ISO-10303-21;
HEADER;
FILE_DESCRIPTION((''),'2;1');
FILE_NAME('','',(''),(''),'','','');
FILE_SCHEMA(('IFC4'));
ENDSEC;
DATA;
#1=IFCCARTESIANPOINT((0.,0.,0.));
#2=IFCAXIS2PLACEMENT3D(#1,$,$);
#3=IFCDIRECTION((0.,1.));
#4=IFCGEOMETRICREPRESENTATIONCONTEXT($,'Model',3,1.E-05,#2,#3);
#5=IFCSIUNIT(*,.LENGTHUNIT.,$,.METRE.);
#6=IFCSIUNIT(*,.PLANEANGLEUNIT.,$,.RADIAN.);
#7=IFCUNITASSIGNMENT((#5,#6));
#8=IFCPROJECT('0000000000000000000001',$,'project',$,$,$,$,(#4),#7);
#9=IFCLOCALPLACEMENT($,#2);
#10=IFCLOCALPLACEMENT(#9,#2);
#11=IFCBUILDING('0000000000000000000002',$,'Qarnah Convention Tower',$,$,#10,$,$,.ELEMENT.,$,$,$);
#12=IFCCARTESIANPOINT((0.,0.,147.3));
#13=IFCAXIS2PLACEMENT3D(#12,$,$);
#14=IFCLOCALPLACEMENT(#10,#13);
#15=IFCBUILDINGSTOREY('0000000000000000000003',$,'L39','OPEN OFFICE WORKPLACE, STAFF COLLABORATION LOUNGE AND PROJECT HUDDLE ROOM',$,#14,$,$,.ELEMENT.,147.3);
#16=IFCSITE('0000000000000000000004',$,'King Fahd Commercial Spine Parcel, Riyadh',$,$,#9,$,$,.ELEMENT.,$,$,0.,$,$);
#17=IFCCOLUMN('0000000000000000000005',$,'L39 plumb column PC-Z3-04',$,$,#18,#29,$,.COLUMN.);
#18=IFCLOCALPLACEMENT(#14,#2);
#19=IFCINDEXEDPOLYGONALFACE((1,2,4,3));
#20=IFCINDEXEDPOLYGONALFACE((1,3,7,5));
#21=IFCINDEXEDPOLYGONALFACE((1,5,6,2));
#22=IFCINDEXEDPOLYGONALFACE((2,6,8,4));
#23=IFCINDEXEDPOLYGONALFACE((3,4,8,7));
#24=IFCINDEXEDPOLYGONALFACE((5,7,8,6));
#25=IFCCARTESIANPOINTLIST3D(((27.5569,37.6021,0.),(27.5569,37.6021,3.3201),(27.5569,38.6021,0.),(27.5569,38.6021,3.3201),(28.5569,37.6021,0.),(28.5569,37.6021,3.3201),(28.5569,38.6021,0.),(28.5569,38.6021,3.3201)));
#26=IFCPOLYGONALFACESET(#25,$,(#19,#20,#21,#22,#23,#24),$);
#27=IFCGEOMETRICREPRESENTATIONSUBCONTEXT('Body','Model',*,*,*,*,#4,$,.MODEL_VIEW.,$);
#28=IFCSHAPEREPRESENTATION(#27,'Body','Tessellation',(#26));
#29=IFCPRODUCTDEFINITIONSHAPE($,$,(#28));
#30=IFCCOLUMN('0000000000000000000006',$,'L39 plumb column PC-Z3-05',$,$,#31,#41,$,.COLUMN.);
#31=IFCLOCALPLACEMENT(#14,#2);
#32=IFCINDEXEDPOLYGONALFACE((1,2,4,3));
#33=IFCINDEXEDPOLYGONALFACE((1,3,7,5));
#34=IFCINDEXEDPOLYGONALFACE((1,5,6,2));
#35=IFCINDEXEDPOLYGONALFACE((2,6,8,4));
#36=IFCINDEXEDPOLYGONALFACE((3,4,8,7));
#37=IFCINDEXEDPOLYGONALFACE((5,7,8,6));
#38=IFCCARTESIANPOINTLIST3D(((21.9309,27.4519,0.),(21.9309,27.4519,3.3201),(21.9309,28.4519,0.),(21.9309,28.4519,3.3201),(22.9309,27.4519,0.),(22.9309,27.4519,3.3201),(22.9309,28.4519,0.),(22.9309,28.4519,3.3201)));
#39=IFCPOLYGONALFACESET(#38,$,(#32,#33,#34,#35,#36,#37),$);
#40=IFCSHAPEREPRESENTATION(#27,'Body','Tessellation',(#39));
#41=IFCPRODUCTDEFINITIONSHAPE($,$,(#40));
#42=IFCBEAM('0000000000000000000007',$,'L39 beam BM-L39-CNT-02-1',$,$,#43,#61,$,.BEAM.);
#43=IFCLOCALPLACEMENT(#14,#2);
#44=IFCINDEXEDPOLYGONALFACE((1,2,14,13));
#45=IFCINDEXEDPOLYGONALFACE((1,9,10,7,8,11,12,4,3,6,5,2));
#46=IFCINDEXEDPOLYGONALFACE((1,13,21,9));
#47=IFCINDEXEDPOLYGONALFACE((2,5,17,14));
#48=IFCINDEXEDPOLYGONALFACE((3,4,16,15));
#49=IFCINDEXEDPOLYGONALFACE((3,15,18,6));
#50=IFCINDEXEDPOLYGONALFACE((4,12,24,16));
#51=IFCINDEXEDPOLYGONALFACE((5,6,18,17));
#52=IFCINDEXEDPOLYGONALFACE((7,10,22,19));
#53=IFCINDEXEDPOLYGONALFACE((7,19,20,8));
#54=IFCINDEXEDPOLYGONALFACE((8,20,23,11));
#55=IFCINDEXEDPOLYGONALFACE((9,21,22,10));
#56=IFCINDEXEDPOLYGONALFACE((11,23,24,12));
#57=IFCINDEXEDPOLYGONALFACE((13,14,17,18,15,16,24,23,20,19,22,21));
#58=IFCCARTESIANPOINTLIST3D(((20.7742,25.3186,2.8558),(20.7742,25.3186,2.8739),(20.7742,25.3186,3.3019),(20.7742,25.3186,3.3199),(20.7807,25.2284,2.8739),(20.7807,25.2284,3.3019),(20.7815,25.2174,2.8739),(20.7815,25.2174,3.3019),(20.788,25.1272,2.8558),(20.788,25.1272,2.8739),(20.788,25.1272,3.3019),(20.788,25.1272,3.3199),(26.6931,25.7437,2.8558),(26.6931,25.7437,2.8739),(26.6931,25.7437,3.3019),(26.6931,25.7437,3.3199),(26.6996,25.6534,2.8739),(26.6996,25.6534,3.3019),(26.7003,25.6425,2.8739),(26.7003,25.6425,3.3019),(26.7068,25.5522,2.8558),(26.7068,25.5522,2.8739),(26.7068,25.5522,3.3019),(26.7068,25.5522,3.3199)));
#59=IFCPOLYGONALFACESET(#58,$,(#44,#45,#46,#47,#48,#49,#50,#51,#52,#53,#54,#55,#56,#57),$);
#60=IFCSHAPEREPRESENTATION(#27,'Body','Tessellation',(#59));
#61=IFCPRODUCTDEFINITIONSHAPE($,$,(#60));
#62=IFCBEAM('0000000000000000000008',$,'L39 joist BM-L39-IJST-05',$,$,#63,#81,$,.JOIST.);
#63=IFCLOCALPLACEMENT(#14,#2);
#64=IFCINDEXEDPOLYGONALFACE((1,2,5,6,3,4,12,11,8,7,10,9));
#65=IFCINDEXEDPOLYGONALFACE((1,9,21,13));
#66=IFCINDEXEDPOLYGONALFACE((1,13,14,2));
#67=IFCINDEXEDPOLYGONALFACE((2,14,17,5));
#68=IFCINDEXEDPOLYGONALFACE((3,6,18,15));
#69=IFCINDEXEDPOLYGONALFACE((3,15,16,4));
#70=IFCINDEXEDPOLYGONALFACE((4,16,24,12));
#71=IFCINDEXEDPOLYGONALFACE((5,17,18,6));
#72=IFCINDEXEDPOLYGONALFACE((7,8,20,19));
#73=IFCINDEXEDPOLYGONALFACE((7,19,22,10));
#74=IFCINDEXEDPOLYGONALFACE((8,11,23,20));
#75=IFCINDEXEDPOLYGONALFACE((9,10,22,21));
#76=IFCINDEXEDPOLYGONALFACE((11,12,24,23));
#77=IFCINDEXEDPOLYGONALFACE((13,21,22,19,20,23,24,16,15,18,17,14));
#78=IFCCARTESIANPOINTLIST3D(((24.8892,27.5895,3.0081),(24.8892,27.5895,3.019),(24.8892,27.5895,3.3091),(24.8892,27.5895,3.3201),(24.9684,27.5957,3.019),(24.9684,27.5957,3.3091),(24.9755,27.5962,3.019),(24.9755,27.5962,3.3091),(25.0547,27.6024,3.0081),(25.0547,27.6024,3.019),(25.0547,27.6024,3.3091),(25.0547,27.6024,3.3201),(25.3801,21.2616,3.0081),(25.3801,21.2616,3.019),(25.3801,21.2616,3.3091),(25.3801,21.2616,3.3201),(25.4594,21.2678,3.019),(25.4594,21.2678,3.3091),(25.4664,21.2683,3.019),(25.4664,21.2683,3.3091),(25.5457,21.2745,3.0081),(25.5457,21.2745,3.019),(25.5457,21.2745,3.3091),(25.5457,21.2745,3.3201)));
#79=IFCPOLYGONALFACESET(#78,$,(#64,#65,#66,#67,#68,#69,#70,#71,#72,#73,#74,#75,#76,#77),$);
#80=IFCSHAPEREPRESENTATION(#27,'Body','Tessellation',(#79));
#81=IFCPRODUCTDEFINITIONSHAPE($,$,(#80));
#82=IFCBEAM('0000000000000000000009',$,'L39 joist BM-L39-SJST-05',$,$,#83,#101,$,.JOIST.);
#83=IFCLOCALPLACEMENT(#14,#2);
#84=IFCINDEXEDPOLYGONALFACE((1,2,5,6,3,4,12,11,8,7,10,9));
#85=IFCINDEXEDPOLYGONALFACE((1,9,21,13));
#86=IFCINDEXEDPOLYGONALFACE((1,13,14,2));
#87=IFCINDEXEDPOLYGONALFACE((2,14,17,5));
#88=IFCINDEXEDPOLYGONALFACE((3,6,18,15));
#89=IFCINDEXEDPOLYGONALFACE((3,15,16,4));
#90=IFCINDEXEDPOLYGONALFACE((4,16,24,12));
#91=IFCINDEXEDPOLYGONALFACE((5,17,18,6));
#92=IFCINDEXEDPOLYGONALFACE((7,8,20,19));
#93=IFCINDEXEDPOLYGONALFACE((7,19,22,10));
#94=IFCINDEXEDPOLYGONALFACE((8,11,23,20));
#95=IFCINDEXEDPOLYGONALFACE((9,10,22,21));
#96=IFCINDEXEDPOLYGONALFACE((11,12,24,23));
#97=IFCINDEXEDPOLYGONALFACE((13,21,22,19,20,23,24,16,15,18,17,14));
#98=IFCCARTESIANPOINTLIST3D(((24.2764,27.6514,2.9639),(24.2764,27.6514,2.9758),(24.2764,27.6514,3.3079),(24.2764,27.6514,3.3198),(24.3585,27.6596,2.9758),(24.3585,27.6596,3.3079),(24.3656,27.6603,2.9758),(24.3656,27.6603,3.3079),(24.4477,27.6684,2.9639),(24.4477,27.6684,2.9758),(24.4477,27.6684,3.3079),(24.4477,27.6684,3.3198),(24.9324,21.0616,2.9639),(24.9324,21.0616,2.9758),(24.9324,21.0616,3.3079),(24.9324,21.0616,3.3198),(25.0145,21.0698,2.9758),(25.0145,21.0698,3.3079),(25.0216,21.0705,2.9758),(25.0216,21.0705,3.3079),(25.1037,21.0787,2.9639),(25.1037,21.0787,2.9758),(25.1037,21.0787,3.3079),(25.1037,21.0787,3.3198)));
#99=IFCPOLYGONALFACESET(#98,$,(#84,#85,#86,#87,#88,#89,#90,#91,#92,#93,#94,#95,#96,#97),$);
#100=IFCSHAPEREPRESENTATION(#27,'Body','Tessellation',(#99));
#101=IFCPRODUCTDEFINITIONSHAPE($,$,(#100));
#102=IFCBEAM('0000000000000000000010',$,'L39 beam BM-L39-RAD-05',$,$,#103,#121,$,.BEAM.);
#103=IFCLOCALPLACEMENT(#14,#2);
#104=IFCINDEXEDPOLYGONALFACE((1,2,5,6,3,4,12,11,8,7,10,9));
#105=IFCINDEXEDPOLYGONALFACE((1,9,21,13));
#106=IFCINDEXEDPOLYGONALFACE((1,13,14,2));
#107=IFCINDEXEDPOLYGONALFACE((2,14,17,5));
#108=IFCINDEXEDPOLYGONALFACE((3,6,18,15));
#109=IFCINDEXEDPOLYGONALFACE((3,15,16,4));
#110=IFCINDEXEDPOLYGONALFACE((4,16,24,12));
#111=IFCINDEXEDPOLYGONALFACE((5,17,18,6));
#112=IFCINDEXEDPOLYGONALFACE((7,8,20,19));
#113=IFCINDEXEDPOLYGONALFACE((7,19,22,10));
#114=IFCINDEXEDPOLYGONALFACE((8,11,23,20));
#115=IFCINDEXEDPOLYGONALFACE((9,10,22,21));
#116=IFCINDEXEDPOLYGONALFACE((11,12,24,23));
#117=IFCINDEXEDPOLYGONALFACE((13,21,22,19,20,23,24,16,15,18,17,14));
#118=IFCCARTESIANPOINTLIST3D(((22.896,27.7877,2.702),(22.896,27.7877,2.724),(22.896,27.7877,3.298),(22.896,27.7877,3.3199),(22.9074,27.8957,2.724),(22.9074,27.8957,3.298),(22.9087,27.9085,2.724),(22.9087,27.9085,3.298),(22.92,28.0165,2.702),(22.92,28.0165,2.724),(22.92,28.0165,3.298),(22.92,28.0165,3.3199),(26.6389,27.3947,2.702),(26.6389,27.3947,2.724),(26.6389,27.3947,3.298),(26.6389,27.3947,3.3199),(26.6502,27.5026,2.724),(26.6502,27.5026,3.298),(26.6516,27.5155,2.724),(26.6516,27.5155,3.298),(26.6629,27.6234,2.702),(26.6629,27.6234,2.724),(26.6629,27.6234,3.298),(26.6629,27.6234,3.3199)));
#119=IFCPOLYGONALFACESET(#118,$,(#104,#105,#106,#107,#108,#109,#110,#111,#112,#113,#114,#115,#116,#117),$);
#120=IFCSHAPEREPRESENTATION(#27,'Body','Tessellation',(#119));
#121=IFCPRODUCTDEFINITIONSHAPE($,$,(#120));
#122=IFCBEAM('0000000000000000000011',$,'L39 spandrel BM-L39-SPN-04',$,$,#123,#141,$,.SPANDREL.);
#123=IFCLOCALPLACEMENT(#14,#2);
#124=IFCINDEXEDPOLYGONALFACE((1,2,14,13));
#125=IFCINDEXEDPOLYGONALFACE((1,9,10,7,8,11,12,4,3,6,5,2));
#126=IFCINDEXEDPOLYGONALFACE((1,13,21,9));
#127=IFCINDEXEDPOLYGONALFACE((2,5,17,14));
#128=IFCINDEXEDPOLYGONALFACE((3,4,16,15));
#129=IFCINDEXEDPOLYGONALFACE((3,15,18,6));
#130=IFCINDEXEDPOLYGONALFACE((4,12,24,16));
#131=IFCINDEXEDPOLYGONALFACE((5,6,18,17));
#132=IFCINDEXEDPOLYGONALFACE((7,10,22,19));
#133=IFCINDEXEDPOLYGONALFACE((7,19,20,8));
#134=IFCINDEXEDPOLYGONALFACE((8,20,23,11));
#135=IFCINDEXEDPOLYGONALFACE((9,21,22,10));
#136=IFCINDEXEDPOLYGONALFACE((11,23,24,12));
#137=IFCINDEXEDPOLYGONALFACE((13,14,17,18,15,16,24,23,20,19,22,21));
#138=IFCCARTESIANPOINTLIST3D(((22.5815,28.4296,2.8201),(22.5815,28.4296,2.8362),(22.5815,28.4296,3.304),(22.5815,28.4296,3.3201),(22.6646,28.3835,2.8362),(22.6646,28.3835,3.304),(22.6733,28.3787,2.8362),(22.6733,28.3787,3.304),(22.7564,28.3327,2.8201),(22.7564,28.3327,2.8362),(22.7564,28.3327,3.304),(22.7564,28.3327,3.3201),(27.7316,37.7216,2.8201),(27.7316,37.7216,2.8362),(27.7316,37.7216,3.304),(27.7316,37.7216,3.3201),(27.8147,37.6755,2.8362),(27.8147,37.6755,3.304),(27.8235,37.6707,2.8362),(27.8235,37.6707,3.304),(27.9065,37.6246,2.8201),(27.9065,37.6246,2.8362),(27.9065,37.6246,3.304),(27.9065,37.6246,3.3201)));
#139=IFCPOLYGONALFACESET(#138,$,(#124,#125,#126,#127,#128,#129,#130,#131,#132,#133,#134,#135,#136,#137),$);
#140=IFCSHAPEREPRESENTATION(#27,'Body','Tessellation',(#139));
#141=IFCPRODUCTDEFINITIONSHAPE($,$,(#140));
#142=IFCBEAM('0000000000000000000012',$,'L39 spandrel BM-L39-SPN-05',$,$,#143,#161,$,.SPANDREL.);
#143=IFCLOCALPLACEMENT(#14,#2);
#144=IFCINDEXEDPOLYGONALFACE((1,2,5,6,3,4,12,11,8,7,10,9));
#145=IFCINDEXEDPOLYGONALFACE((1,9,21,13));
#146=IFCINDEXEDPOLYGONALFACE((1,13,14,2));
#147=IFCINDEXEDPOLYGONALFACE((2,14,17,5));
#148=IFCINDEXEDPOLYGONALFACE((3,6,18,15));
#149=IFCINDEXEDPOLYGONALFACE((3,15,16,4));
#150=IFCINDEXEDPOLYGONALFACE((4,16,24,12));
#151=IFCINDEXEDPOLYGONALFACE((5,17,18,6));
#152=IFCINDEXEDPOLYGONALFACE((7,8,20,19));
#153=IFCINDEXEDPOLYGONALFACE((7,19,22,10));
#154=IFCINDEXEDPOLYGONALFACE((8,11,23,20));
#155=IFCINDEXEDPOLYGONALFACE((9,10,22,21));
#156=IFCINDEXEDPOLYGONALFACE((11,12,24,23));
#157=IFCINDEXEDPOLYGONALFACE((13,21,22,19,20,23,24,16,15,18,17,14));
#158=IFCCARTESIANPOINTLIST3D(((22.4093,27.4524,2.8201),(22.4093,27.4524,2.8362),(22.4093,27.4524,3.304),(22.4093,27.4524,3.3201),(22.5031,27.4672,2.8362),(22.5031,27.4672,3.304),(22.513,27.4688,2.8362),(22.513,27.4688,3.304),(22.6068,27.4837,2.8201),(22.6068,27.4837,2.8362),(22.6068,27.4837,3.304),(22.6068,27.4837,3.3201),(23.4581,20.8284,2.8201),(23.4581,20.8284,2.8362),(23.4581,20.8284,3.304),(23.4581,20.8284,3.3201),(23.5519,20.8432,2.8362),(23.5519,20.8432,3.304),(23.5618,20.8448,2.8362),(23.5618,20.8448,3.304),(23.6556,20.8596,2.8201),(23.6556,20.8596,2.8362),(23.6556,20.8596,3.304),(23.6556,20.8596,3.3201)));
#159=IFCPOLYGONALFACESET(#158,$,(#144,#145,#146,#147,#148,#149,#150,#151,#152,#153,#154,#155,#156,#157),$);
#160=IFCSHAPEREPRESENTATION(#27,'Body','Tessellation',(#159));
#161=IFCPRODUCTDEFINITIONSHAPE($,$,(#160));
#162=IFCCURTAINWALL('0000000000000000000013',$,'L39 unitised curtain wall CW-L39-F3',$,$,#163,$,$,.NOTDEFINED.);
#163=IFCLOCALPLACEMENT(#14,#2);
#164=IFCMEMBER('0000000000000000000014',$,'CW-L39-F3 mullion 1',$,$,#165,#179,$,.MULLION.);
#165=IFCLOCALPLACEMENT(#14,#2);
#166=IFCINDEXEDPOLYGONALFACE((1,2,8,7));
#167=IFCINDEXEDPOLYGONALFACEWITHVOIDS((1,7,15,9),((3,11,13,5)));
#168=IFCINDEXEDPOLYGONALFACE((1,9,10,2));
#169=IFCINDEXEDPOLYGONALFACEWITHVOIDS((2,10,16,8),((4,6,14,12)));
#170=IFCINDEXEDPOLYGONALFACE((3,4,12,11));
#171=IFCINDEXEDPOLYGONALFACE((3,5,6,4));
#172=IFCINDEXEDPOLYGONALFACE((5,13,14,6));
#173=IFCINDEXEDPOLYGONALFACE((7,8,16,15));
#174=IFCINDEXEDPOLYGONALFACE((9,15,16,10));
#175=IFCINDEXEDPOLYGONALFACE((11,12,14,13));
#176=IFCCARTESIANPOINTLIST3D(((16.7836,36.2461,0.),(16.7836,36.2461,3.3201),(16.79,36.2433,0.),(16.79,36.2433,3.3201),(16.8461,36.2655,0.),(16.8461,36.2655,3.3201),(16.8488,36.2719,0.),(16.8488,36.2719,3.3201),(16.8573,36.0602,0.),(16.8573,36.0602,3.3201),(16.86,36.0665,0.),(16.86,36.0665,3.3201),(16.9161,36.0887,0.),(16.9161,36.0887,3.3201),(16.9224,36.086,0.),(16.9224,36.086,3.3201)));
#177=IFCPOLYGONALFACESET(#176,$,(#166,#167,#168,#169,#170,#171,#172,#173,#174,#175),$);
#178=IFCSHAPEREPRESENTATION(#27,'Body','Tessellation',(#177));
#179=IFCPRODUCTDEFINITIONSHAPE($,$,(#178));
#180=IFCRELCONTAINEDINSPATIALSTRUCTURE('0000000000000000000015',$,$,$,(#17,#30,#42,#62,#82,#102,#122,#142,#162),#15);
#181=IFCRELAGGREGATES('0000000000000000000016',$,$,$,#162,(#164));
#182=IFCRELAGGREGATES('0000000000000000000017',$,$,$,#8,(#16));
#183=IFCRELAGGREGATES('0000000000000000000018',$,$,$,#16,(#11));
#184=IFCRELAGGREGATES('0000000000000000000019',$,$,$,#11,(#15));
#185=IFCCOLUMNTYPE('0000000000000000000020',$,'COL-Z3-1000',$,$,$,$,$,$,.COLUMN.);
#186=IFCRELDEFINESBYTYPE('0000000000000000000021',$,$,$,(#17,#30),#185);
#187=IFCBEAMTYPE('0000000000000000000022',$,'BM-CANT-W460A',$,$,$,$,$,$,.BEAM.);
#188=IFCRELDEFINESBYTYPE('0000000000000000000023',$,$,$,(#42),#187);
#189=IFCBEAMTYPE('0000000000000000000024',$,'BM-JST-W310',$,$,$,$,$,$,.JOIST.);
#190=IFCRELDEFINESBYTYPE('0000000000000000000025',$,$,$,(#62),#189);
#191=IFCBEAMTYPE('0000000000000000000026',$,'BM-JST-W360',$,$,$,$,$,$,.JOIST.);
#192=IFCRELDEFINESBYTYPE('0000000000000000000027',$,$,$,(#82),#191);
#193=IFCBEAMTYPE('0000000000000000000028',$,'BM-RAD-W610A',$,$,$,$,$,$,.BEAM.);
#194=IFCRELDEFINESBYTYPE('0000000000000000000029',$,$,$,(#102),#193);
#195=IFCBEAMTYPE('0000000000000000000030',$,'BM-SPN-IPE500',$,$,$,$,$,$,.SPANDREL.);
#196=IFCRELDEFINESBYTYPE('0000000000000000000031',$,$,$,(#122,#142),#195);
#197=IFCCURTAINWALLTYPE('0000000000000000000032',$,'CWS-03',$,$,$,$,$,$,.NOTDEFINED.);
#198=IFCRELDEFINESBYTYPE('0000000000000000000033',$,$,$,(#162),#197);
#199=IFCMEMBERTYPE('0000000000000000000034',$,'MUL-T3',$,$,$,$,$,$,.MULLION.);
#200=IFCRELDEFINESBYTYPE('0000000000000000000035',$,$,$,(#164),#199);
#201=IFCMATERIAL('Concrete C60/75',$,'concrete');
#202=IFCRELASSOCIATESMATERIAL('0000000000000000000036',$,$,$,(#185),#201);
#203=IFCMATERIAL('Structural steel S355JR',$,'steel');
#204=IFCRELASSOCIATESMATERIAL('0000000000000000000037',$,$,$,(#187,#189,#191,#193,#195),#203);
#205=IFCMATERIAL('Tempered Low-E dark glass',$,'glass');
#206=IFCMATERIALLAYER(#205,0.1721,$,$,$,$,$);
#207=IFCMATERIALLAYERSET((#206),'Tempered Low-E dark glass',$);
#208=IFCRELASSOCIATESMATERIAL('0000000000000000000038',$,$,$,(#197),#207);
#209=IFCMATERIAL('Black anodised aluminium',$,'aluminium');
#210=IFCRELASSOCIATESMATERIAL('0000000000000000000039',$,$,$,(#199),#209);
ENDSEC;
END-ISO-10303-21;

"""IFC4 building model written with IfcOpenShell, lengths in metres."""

from ifc_helpers import new_model, si_unit, direction, frame, origin, origin_2d, place, context, subcontext, project, spatial, rectangle, hollow_rectangle, i_section, extrude, material, layer, layer_set, material_profile, profile_set, type_object, element, aggregate, save


model = new_model("IFC4")

# Units and contexts
model_context = context("Model", 3, precision=1e-05, world=origin(), true_north=direction((0.0, 1.0)))
body_context = subcontext(model_context, "Body", "Model", "MODEL_VIEW")
ifc_project = project(units=[si_unit("LENGTHUNIT", "METRE"), si_unit("PLANEANGLEUNIT", "RADIAN")], contexts=[model_context])

# Site, building, storey
site_placement = place(None, origin())
site = spatial("IfcSite", under=ifc_project, at=site_placement, Name="King Fahd Commercial Spine Parcel, Riyadh", CompositionType="ELEMENT", RefElevation=0.0)
building_placement = place(site_placement, origin())
building = spatial("IfcBuilding", under=site, at=building_placement, Name="Qarnah Convention Tower", CompositionType="ELEMENT")
storey_placement = place(building_placement, frame((0.0, 0.0, 147.3)))
storey = spatial("IfcBuildingStorey", under=building, at=storey_placement, Name="L39", Description="OPEN OFFICE WORKPLACE, STAFF COLLABORATION LOUNGE AND PROJECT HUDDLE ROOM", CompositionType="ELEMENT", Elevation=147.3)

# Columns
ifc_material_1 = material(Name="Concrete C60/75", Category="concrete")
ifc_material_profile_1 = material_profile(ifc_material_1, rectangle(XDim=1.0, YDim=1.0, at=origin_2d()), Name="RC-COL-1000X1000")
ifc_profile_set_1 = profile_set([ifc_material_profile_1], Name="Concrete C60/75")
column_type = type_object("IfcColumnType", Name="COL-Z3-1000", PredefinedType="COLUMN", material=ifc_profile_set_1)
for number, where, z_axis, x_axis, name in (
    (1, (28.0569, 38.1021, 0.0), (0.0, 0.0, 1.0), (1.0, 0.0, 0.0), "L39 plumb column PC-Z3-04"),
    (2, (22.4309, 27.9519, 0.0), (0.0, 0.0, 1.0), (1.0, 0.0, 0.0), "L39 plumb column PC-Z3-05"),
):
    element("IfcColumn", number, at=place(storey_placement, frame(where, z_axis=z_axis, x_axis=x_axis)), inside=storey, type_object=column_type, Name=name, PredefinedType="COLUMN", context=body_context, shape_type="SweptSolid", body=[
        extrude(rectangle(XDim=1.0, YDim=1.0, at=origin_2d()), origin(), (0.0, 0.0, 1.0), 3.3201),
    ])

# Beams
ifc_material_2 = material(Name="Structural steel S355JR", Category="steel")
ifc_material_profile_2 = material_profile(ifc_material_2, i_section(OverallWidth=0.1919, OverallDepth=0.4641, WebThickness=0.011, FlangeThickness=0.0181, at=origin_2d()), Name="W460X89")
ifc_profile_set_2 = profile_set([ifc_material_profile_2], Name="Structural steel S355JR")
beam_type_1 = type_object("IfcBeamType", Name="BM-CANT-W460A", PredefinedType="BEAM", material=ifc_profile_set_2)
beam_1_placement = place(storey_placement, frame((26.7, 25.6479, 3.0879), z_axis=(-0.997431, -0.071627, 0.0), x_axis=(0.071627, -0.997431, 0.0)))
element("IfcBeam", 3, at=beam_1_placement, inside=storey, type_object=beam_type_1, Name="L39 beam BM-L39-CNT-02-1", PredefinedType="BEAM", context=body_context, shape_type="SweptSolid", body=[
    extrude(i_section(OverallWidth=0.1919, OverallDepth=0.4641, WebThickness=0.011, FlangeThickness=0.0181, at=origin_2d()), origin(), (0.0, 0.0, 1.0), 5.9341),
])
ifc_material_profile_3 = material_profile(ifc_material_2, i_section(OverallWidth=0.166, OverallDepth=0.312, WebThickness=0.0071, FlangeThickness=0.011, at=origin_2d()), Name="W310X45")
ifc_profile_set_3 = profile_set([ifc_material_profile_3], Name="Structural steel S355JR")
beam_type_2 = type_object("IfcBeamType", Name="BM-JST-W310", PredefinedType="JOIST", material=ifc_profile_set_3)
beam_2_placement = place(storey_placement, frame((24.9719, 27.5959, 3.1641), z_axis=(0.077355, -0.997004, 0.0), x_axis=(0.997004, 0.077355, 0.0)))
element("IfcBeam", 4, at=beam_2_placement, inside=storey, type_object=beam_type_2, Name="L39 joist BM-L39-IJST-05", PredefinedType="JOIST", context=body_context, shape_type="SweptSolid", body=[
    extrude(i_section(OverallWidth=0.166, OverallDepth=0.312, WebThickness=0.0071, FlangeThickness=0.011, at=origin_2d()), origin(), (0.0, 0.0, 1.0), 6.3469),
])
ifc_material_profile_4 = material_profile(ifc_material_2, i_section(OverallWidth=0.1721, OverallDepth=0.356, WebThickness=0.0071, FlangeThickness=0.012, at=origin_2d()), Name="W360X51")
ifc_profile_set_4 = profile_set([ifc_material_profile_4], Name="Structural steel S355JR")
beam_type_3 = type_object("IfcBeamType", Name="BM-JST-W360", PredefinedType="JOIST", material=ifc_profile_set_4)
beam_3_placement = place(storey_placement, frame((24.3621, 27.6599, 3.1418), z_axis=(0.099058, -0.995082, 0.0), x_axis=(0.995082, 0.099058, 0.0)))
element("IfcBeam", 5, at=beam_3_placement, inside=storey, type_object=beam_type_3, Name="L39 joist BM-L39-SJST-05", PredefinedType="JOIST", context=body_context, shape_type="SweptSolid", body=[
    extrude(i_section(OverallWidth=0.1721, OverallDepth=0.356, WebThickness=0.0071, FlangeThickness=0.012, at=origin_2d()), origin(), (0.0, 0.0, 1.0), 6.6223),
])
ifc_material_profile_5 = material_profile(ifc_material_2, i_section(OverallWidth=0.23, OverallDepth=0.6179, WebThickness=0.0129, FlangeThickness=0.022, at=origin_2d()), Name="W610X140")
ifc_profile_set_5 = profile_set([ifc_material_profile_5], Name="Structural steel S355JR")
beam_type_4 = type_object("IfcBeamType", Name="BM-RAD-W610A", PredefinedType="BEAM", material=ifc_profile_set_5)
beam_4_placement = place(storey_placement, frame((26.6509, 27.509, 3.011), z_axis=(-0.994531, 0.104442, 0.0), x_axis=(-0.104442, -0.994531, 0.0)))
element("IfcBeam", 6, at=beam_4_placement, inside=storey, type_object=beam_type_4, Name="L39 beam BM-L39-RAD-05", PredefinedType="BEAM", context=body_context, shape_type="SweptSolid", body=[
    extrude(i_section(OverallWidth=0.23, OverallDepth=0.6179, WebThickness=0.0129, FlangeThickness=0.022, at=origin_2d()), origin(), (0.0, 0.0, 1.0), 3.7634),
])
ifc_material_profile_6 = material_profile(ifc_material_2, i_section(OverallWidth=0.2, OverallDepth=0.5, WebThickness=0.01, FlangeThickness=0.0161, at=origin_2d()), Name="IPE500")
ifc_profile_set_6 = profile_set([ifc_material_profile_6], Name="Structural steel S355JR")
beam_type_5 = type_object("IfcBeamType", Name="BM-SPN-IPE500", PredefinedType="SPANDREL", material=ifc_profile_set_6)
beam_5_placement = place(storey_placement, frame((27.8191, 37.6731, 3.0701), z_axis=(-0.484774, -0.874639, 0.0), x_axis=(0.874639, -0.484774, 0.0)))
element("IfcBeam", 7, at=beam_5_placement, inside=storey, type_object=beam_type_5, Name="L39 spandrel BM-L39-SPN-04", PredefinedType="SPANDREL", context=body_context, shape_type="SweptSolid", body=[
    extrude(i_section(OverallWidth=0.2, OverallDepth=0.5, WebThickness=0.01, FlangeThickness=0.0161, at=origin_2d()), origin(), (0.0, 0.0, 1.0), 10.6238),
])
beam_6_placement = place(storey_placement, frame((22.5081, 27.468, 3.0701), z_axis=(0.156389, -0.987696, 0.0), x_axis=(0.987696, 0.156389, 0.0)))
element("IfcBeam", 8, at=beam_6_placement, inside=storey, type_object=beam_type_5, Name="L39 spandrel BM-L39-SPN-05", PredefinedType="SPANDREL", context=body_context, shape_type="SweptSolid", body=[
    extrude(i_section(OverallWidth=0.2, OverallDepth=0.5, WebThickness=0.01, FlangeThickness=0.0161, at=origin_2d()), origin(), (0.0, 0.0, 1.0), 6.7065),
])

# Curtain wall, member
ifc_material_3 = material(Name="Tempered Low-E dark glass", Category="glass")
ifc_layer_1 = layer(ifc_material_3, 0.1721)
ifc_layer_set_1 = layer_set([ifc_layer_1], Name="Tempered Low-E dark glass")
curtain_wall_type = type_object("IfcCurtainWallType", Name="CWS-03", PredefinedType="NOTDEFINED", material=ifc_layer_set_1)
curtain_wall_placement = place(storey_placement, origin())
curtain_wall = element("IfcCurtainWall", 9, at=curtain_wall_placement, inside=storey, type_object=curtain_wall_type, Name="L39 unitised curtain wall CW-L39-F3", PredefinedType="NOTDEFINED")
ifc_material_4 = material(Name="Black anodised aluminium", Category="aluminium")
ifc_material_profile_7 = material_profile(ifc_material_4, hollow_rectangle(XDim=0.0701, YDim=0.2, WallThickness=0.0049, at=origin_2d()), Name="MUL-70X200")
ifc_profile_set_7 = profile_set([ifc_material_profile_7], Name="Black anodised aluminium")
member_type_1 = type_object("IfcMemberType", Name="MUL-T3", PredefinedType="MULLION", material=ifc_profile_set_7)
member_1_placement = place(storey_placement, frame((16.853, 36.166, 0.0), z_axis=(0.0, 0.0, 1.0), x_axis=(0.929777, 0.368124, 0.0)))
member_1 = element("IfcMember", 10, at=member_1_placement, type_object=member_type_1, Name="CW-L39-F3 mullion 1", PredefinedType="MULLION", context=body_context, shape_type="SweptSolid", body=[
    extrude(hollow_rectangle(XDim=0.0701, YDim=0.2, WallThickness=0.0049, at=origin_2d()), origin(), (0.0, 0.0, 1.0), 3.3201),
])
aggregate(curtain_wall, [member_1])

save(model, "model.ifc")
